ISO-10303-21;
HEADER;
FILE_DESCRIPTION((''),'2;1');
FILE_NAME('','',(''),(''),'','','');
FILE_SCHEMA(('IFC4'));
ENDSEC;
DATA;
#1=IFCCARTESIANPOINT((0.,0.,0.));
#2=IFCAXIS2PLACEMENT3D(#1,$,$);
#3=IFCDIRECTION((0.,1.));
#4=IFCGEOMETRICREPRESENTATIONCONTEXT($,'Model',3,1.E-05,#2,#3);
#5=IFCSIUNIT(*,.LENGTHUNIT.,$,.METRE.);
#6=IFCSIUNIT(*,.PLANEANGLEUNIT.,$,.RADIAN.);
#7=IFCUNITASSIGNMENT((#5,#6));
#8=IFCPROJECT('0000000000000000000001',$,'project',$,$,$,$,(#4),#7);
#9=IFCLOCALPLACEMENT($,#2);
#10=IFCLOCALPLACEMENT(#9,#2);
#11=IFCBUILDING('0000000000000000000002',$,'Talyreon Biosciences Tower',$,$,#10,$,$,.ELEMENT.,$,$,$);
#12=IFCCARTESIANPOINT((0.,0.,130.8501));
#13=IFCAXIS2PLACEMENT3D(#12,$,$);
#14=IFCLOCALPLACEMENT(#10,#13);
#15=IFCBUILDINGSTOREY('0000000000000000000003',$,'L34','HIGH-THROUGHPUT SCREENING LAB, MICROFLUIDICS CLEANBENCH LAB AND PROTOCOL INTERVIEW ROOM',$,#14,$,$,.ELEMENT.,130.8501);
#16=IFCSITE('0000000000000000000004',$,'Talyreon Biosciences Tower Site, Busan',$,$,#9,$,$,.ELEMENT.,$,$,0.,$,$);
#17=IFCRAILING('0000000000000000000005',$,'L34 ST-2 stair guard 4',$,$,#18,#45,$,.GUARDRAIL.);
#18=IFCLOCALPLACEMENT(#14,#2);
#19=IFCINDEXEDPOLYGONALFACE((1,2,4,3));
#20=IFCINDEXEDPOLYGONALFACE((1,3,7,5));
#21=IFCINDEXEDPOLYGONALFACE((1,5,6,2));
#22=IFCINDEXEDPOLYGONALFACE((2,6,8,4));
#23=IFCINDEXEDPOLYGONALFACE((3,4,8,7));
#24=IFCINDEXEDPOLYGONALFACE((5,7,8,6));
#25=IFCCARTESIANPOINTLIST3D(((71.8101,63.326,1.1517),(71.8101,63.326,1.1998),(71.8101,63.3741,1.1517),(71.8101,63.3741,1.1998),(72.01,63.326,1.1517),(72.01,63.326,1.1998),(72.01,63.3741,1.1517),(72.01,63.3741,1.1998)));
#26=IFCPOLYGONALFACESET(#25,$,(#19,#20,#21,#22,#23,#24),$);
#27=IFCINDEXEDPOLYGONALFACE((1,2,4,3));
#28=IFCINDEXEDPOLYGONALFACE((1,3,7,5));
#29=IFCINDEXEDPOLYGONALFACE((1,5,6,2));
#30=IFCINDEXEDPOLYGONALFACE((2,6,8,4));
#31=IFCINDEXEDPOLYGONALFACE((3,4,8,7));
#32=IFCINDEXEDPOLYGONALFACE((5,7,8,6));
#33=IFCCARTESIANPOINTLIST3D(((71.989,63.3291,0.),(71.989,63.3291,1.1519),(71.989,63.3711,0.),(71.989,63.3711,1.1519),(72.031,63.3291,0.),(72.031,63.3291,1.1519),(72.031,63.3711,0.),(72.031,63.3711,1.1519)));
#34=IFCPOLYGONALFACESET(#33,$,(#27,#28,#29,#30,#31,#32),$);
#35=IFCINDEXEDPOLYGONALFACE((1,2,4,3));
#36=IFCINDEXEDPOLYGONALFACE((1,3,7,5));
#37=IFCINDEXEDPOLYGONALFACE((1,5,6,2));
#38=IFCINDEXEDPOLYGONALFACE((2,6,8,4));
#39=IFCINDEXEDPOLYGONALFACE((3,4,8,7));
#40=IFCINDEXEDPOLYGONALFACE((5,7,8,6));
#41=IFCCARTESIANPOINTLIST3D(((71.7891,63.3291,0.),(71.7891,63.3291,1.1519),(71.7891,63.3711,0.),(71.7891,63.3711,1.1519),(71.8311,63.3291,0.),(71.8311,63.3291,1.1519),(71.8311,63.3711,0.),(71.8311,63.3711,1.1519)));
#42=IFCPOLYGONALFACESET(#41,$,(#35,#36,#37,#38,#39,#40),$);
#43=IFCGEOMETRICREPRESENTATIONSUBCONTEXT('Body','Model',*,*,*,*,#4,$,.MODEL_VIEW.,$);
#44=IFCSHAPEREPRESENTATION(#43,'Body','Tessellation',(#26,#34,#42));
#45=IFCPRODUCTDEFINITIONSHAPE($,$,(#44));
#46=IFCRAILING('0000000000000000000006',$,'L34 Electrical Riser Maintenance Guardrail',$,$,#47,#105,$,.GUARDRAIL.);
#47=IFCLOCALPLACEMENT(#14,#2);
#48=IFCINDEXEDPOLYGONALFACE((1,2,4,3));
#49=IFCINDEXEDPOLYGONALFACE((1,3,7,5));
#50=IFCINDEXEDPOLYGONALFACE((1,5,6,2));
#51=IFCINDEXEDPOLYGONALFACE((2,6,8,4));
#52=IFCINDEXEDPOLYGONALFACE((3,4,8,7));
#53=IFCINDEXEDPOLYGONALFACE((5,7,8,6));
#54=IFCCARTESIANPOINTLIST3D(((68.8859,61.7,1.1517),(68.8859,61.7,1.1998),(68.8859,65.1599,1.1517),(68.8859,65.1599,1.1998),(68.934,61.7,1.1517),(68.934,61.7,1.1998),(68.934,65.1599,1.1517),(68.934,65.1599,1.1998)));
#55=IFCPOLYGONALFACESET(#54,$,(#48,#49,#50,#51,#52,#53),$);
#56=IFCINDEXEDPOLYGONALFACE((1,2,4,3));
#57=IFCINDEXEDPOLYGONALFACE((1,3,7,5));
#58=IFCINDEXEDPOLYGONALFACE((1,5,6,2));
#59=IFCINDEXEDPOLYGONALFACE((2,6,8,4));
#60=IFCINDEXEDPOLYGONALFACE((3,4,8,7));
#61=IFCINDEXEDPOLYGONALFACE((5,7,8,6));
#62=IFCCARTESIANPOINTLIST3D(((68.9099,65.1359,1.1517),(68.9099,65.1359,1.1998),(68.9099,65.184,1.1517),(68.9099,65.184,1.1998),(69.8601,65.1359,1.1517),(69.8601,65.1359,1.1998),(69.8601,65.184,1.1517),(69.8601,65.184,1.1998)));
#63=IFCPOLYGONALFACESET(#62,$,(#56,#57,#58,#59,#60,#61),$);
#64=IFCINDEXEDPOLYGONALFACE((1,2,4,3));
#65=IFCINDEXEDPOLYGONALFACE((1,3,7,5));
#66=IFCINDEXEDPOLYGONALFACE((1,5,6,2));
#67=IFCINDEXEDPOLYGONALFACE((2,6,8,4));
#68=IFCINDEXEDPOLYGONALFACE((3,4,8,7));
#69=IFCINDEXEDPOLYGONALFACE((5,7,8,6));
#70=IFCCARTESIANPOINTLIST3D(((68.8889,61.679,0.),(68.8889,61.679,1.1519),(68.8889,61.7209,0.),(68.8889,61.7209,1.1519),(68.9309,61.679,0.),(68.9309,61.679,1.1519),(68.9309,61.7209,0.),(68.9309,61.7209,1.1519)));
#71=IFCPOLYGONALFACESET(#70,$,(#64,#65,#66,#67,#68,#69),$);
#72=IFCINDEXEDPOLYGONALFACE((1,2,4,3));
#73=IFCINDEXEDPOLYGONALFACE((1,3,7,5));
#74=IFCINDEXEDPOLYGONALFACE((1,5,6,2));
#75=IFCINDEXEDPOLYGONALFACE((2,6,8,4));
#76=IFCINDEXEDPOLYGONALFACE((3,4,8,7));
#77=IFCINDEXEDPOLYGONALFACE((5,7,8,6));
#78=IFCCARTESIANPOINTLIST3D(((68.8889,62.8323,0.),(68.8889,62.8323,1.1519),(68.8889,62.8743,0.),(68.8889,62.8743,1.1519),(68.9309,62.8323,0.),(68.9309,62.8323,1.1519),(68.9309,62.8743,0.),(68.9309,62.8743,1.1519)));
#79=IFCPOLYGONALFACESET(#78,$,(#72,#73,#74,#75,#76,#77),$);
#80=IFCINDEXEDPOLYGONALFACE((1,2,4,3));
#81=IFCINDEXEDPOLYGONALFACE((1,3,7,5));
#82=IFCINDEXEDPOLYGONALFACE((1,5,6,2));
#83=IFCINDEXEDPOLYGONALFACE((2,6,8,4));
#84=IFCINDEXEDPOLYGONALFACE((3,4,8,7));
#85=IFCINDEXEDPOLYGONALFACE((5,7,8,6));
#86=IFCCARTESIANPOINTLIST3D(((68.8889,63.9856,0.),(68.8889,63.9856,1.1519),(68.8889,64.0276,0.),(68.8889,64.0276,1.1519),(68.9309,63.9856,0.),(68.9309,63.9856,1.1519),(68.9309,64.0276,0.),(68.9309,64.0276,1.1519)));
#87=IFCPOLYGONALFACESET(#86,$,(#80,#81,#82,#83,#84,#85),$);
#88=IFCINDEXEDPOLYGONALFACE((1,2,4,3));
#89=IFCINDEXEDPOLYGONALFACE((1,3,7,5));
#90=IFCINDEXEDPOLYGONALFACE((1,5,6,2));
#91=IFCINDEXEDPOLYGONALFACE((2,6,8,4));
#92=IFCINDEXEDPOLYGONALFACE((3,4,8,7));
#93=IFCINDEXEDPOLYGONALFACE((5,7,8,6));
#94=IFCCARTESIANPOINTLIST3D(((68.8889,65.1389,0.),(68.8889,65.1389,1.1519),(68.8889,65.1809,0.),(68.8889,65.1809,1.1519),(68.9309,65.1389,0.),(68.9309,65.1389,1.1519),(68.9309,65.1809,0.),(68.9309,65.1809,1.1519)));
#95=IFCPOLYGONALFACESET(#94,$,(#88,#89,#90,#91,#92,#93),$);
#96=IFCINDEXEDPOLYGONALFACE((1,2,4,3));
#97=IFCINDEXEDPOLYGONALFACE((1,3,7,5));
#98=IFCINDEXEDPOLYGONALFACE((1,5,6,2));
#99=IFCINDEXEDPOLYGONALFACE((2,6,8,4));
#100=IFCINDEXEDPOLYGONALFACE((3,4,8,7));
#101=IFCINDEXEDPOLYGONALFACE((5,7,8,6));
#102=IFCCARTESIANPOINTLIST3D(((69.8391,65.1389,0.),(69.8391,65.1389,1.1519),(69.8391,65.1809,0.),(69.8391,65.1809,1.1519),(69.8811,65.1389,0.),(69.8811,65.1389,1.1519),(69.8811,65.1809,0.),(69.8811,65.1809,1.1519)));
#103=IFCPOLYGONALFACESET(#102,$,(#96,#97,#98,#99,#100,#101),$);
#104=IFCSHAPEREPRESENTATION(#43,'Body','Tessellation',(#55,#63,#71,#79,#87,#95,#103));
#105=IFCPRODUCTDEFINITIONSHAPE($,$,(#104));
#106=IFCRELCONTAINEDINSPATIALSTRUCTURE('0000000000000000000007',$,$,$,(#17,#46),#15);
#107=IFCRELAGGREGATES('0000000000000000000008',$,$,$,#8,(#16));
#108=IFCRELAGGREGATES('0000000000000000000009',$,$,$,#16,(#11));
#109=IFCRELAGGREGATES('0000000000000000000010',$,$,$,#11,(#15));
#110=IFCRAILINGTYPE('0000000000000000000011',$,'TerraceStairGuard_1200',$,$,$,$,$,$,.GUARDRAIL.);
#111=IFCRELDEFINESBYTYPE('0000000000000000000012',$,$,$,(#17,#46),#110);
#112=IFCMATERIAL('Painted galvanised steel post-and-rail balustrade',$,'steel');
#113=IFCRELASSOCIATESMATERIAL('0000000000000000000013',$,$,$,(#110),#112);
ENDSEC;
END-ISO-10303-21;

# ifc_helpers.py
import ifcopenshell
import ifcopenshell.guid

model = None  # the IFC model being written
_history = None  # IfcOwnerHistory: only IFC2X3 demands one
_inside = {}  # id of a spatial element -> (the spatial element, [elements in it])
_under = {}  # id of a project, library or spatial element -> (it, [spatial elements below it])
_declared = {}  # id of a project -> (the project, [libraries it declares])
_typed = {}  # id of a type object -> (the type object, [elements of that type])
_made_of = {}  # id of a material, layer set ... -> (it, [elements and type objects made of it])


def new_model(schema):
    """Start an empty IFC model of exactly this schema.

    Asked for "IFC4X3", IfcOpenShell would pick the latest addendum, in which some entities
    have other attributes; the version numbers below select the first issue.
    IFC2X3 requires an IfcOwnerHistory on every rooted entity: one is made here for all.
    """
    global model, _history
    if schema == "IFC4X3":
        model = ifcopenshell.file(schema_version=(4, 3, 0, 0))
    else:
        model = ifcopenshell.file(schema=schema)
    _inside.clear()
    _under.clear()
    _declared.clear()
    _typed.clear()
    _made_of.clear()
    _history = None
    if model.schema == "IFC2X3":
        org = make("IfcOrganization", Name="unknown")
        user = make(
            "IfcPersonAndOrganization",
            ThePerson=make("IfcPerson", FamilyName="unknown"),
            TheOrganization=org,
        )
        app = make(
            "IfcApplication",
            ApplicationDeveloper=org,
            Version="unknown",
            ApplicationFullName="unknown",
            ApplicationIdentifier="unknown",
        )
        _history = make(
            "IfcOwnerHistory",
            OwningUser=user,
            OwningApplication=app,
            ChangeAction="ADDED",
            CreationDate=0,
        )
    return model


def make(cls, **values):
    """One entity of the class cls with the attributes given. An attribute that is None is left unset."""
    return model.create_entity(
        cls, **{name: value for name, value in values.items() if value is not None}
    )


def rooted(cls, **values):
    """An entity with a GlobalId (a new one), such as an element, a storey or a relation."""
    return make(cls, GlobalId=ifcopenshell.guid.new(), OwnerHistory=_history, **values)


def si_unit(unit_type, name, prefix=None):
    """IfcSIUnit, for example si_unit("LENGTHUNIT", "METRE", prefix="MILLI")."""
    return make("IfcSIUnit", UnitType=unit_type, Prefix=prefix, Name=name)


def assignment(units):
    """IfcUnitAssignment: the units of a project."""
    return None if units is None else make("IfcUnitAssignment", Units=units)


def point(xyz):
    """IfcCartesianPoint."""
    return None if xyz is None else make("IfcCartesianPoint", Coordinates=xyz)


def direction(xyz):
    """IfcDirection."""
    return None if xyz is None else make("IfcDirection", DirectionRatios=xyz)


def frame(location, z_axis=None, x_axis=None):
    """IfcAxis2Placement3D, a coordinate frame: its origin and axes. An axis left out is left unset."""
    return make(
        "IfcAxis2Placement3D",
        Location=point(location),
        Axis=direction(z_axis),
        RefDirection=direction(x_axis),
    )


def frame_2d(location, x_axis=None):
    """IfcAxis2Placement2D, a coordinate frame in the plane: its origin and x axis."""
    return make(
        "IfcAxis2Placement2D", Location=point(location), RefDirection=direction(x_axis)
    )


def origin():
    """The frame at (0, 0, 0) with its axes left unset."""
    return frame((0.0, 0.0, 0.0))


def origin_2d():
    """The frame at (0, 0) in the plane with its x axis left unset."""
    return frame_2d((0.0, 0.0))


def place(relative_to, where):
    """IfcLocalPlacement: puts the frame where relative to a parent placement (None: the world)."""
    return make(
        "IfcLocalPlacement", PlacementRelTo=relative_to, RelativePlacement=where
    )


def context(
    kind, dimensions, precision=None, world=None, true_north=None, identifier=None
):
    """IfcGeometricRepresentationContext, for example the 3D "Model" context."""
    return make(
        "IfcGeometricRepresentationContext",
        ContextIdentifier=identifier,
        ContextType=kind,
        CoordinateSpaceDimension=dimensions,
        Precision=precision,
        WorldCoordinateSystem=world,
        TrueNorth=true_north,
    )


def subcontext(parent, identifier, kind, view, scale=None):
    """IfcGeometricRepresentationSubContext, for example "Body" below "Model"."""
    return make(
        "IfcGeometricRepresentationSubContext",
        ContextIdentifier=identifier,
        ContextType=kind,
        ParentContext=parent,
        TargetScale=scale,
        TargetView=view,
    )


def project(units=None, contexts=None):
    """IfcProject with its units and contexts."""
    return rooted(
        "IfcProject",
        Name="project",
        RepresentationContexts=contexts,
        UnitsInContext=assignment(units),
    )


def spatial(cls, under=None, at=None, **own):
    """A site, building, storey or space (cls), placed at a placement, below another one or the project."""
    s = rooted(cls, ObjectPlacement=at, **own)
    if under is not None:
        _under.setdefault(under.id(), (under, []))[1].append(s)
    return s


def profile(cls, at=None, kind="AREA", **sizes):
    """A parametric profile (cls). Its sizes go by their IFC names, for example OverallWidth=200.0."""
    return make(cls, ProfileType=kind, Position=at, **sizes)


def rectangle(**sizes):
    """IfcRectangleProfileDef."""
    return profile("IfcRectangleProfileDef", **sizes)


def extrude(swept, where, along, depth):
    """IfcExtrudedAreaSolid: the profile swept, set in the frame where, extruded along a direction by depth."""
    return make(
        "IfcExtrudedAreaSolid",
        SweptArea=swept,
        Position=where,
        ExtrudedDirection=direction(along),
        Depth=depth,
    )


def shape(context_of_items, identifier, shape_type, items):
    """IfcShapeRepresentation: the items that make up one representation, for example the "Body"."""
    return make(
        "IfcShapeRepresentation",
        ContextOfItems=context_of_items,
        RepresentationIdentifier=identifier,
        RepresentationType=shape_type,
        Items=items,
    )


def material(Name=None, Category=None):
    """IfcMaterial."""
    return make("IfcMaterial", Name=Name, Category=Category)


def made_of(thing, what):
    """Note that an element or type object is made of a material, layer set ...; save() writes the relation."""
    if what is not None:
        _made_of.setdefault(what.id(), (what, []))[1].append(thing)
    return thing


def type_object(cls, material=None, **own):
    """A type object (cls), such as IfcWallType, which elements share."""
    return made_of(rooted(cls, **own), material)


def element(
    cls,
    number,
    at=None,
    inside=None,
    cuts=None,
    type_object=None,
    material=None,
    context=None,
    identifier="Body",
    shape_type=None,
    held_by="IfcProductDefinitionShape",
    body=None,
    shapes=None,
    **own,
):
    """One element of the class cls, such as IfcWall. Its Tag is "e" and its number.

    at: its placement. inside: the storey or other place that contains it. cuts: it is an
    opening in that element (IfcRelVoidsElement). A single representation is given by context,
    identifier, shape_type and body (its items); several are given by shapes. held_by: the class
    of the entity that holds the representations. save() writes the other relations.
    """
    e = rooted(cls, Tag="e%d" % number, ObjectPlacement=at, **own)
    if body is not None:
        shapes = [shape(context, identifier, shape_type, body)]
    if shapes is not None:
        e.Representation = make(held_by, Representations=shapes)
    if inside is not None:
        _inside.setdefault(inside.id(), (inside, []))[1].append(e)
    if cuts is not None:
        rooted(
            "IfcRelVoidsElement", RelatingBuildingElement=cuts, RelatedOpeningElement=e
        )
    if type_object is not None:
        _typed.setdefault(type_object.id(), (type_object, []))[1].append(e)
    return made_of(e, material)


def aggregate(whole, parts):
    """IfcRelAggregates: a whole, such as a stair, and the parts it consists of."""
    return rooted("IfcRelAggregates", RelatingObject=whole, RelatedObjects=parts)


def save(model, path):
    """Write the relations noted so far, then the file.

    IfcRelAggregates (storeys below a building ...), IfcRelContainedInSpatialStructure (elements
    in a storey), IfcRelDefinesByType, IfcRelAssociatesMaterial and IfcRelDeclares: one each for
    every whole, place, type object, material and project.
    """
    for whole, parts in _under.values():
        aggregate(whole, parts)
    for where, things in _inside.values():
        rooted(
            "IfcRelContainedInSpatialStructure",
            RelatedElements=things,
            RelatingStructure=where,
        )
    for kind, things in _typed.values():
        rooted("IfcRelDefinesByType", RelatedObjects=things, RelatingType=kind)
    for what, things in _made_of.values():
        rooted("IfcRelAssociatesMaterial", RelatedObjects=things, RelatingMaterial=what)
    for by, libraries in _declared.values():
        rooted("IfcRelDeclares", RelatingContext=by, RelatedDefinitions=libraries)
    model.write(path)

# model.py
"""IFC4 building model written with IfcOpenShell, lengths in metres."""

from ifc_helpers import new_model, si_unit, direction, frame, origin, origin_2d, place, context, subcontext, project, spatial, rectangle, extrude, material, type_object, element, save


model = new_model("IFC4")

# Units and contexts
model_context = context("Model", 3, precision=1e-05, world=origin(), true_north=direction((0.0, 1.0)))
body_context = subcontext(model_context, "Body", "Model", "MODEL_VIEW")
ifc_project = project(units=[si_unit("LENGTHUNIT", "METRE"), si_unit("PLANEANGLEUNIT", "RADIAN")], contexts=[model_context])

# Site, building, storey
site_placement = place(None, origin())
site = spatial("IfcSite", under=ifc_project, at=site_placement, Name="Talyreon Biosciences Tower Site, Busan", CompositionType="ELEMENT", RefElevation=0.0)
building_placement = place(site_placement, origin())
building = spatial("IfcBuilding", under=site, at=building_placement, Name="Talyreon Biosciences Tower", CompositionType="ELEMENT")
storey_placement = place(building_placement, frame((0.0, 0.0, 130.8501)))
storey = spatial("IfcBuildingStorey", under=building, at=storey_placement, Name="L34", Description="HIGH-THROUGHPUT SCREENING LAB, MICROFLUIDICS CLEANBENCH LAB AND PROTOCOL INTERVIEW ROOM", CompositionType="ELEMENT", Elevation=130.8501)

# Railings
ifc_material_1 = material(Name="Painted galvanised steel post-and-rail balustrade", Category="steel")
railing_type_1 = type_object("IfcRailingType", Name="TerraceStairGuard_1200", PredefinedType="GUARDRAIL", material=ifc_material_1)
railing_1_placement = place(storey_placement, frame((72.01, 63.3501, 0.0)))
element("IfcRailing", 1, at=railing_1_placement, inside=storey, type_object=railing_type_1, Name="L34 ST-2 stair guard 4", PredefinedType="GUARDRAIL", context=body_context, shape_type="SweptSolid", body=[
    extrude(rectangle(XDim=0.0481, YDim=0.0481, at=origin_2d()), frame((0.0, 0.0, 1.1758), z_axis=(-1.0, 0.0, 0.0), x_axis=(0.0, -1.0, 0.0)), (0.0, 0.0, 1.0), 0.2),
    extrude(rectangle(XDim=0.042, YDim=0.042, at=origin_2d()), origin(), (0.0, 0.0, 1.0), 1.1519),
    extrude(rectangle(XDim=0.042, YDim=0.042, at=origin_2d()), frame((-0.2, 0.0, 0.0)), (0.0, 0.0, 1.0), 1.1519),
])
railing_2_placement = place(storey_placement, frame((68.9099, 61.7, 0.0)))
element("IfcRailing", 2, at=railing_2_placement, inside=storey, type_object=railing_type_1, Name="L34 Electrical Riser Maintenance Guardrail", PredefinedType="GUARDRAIL", context=body_context, shape_type="SweptSolid", body=[
    extrude(rectangle(XDim=0.0481, YDim=0.0481, at=origin_2d()), frame((0.0, 0.0, 1.1758), z_axis=(0.0, 1.0, 0.0), x_axis=(-1.0, 0.0, 0.0)), (0.0, 0.0, 1.0), 3.46),
    extrude(rectangle(XDim=0.0481, YDim=0.0481, at=origin_2d()), frame((0.0, 3.46, 1.1758), z_axis=(1.0, 0.0, 0.0), x_axis=(0.0, 1.0, 0.0)), (0.0, 0.0, 1.0), 0.9502),
    extrude(rectangle(XDim=0.042, YDim=0.042, at=origin_2d()), origin(), (0.0, 0.0, 1.0), 1.1519),
    extrude(rectangle(XDim=0.042, YDim=0.042, at=origin_2d()), frame((0.0, 1.1533, 0.0)), (0.0, 0.0, 1.0), 1.1519),
    extrude(rectangle(XDim=0.042, YDim=0.042, at=origin_2d()), frame((0.0, 2.3066, 0.0)), (0.0, 0.0, 1.0), 1.1519),
    extrude(rectangle(XDim=0.042, YDim=0.042, at=origin_2d()), frame((0.0, 3.46, 0.0)), (0.0, 0.0, 1.0), 1.1519),
    extrude(rectangle(XDim=0.042, YDim=0.042, at=origin_2d()), frame((0.9502, 3.46, 0.0)), (0.0, 0.0, 1.0), 1.1519),
])

save(model, "model.ifc")
